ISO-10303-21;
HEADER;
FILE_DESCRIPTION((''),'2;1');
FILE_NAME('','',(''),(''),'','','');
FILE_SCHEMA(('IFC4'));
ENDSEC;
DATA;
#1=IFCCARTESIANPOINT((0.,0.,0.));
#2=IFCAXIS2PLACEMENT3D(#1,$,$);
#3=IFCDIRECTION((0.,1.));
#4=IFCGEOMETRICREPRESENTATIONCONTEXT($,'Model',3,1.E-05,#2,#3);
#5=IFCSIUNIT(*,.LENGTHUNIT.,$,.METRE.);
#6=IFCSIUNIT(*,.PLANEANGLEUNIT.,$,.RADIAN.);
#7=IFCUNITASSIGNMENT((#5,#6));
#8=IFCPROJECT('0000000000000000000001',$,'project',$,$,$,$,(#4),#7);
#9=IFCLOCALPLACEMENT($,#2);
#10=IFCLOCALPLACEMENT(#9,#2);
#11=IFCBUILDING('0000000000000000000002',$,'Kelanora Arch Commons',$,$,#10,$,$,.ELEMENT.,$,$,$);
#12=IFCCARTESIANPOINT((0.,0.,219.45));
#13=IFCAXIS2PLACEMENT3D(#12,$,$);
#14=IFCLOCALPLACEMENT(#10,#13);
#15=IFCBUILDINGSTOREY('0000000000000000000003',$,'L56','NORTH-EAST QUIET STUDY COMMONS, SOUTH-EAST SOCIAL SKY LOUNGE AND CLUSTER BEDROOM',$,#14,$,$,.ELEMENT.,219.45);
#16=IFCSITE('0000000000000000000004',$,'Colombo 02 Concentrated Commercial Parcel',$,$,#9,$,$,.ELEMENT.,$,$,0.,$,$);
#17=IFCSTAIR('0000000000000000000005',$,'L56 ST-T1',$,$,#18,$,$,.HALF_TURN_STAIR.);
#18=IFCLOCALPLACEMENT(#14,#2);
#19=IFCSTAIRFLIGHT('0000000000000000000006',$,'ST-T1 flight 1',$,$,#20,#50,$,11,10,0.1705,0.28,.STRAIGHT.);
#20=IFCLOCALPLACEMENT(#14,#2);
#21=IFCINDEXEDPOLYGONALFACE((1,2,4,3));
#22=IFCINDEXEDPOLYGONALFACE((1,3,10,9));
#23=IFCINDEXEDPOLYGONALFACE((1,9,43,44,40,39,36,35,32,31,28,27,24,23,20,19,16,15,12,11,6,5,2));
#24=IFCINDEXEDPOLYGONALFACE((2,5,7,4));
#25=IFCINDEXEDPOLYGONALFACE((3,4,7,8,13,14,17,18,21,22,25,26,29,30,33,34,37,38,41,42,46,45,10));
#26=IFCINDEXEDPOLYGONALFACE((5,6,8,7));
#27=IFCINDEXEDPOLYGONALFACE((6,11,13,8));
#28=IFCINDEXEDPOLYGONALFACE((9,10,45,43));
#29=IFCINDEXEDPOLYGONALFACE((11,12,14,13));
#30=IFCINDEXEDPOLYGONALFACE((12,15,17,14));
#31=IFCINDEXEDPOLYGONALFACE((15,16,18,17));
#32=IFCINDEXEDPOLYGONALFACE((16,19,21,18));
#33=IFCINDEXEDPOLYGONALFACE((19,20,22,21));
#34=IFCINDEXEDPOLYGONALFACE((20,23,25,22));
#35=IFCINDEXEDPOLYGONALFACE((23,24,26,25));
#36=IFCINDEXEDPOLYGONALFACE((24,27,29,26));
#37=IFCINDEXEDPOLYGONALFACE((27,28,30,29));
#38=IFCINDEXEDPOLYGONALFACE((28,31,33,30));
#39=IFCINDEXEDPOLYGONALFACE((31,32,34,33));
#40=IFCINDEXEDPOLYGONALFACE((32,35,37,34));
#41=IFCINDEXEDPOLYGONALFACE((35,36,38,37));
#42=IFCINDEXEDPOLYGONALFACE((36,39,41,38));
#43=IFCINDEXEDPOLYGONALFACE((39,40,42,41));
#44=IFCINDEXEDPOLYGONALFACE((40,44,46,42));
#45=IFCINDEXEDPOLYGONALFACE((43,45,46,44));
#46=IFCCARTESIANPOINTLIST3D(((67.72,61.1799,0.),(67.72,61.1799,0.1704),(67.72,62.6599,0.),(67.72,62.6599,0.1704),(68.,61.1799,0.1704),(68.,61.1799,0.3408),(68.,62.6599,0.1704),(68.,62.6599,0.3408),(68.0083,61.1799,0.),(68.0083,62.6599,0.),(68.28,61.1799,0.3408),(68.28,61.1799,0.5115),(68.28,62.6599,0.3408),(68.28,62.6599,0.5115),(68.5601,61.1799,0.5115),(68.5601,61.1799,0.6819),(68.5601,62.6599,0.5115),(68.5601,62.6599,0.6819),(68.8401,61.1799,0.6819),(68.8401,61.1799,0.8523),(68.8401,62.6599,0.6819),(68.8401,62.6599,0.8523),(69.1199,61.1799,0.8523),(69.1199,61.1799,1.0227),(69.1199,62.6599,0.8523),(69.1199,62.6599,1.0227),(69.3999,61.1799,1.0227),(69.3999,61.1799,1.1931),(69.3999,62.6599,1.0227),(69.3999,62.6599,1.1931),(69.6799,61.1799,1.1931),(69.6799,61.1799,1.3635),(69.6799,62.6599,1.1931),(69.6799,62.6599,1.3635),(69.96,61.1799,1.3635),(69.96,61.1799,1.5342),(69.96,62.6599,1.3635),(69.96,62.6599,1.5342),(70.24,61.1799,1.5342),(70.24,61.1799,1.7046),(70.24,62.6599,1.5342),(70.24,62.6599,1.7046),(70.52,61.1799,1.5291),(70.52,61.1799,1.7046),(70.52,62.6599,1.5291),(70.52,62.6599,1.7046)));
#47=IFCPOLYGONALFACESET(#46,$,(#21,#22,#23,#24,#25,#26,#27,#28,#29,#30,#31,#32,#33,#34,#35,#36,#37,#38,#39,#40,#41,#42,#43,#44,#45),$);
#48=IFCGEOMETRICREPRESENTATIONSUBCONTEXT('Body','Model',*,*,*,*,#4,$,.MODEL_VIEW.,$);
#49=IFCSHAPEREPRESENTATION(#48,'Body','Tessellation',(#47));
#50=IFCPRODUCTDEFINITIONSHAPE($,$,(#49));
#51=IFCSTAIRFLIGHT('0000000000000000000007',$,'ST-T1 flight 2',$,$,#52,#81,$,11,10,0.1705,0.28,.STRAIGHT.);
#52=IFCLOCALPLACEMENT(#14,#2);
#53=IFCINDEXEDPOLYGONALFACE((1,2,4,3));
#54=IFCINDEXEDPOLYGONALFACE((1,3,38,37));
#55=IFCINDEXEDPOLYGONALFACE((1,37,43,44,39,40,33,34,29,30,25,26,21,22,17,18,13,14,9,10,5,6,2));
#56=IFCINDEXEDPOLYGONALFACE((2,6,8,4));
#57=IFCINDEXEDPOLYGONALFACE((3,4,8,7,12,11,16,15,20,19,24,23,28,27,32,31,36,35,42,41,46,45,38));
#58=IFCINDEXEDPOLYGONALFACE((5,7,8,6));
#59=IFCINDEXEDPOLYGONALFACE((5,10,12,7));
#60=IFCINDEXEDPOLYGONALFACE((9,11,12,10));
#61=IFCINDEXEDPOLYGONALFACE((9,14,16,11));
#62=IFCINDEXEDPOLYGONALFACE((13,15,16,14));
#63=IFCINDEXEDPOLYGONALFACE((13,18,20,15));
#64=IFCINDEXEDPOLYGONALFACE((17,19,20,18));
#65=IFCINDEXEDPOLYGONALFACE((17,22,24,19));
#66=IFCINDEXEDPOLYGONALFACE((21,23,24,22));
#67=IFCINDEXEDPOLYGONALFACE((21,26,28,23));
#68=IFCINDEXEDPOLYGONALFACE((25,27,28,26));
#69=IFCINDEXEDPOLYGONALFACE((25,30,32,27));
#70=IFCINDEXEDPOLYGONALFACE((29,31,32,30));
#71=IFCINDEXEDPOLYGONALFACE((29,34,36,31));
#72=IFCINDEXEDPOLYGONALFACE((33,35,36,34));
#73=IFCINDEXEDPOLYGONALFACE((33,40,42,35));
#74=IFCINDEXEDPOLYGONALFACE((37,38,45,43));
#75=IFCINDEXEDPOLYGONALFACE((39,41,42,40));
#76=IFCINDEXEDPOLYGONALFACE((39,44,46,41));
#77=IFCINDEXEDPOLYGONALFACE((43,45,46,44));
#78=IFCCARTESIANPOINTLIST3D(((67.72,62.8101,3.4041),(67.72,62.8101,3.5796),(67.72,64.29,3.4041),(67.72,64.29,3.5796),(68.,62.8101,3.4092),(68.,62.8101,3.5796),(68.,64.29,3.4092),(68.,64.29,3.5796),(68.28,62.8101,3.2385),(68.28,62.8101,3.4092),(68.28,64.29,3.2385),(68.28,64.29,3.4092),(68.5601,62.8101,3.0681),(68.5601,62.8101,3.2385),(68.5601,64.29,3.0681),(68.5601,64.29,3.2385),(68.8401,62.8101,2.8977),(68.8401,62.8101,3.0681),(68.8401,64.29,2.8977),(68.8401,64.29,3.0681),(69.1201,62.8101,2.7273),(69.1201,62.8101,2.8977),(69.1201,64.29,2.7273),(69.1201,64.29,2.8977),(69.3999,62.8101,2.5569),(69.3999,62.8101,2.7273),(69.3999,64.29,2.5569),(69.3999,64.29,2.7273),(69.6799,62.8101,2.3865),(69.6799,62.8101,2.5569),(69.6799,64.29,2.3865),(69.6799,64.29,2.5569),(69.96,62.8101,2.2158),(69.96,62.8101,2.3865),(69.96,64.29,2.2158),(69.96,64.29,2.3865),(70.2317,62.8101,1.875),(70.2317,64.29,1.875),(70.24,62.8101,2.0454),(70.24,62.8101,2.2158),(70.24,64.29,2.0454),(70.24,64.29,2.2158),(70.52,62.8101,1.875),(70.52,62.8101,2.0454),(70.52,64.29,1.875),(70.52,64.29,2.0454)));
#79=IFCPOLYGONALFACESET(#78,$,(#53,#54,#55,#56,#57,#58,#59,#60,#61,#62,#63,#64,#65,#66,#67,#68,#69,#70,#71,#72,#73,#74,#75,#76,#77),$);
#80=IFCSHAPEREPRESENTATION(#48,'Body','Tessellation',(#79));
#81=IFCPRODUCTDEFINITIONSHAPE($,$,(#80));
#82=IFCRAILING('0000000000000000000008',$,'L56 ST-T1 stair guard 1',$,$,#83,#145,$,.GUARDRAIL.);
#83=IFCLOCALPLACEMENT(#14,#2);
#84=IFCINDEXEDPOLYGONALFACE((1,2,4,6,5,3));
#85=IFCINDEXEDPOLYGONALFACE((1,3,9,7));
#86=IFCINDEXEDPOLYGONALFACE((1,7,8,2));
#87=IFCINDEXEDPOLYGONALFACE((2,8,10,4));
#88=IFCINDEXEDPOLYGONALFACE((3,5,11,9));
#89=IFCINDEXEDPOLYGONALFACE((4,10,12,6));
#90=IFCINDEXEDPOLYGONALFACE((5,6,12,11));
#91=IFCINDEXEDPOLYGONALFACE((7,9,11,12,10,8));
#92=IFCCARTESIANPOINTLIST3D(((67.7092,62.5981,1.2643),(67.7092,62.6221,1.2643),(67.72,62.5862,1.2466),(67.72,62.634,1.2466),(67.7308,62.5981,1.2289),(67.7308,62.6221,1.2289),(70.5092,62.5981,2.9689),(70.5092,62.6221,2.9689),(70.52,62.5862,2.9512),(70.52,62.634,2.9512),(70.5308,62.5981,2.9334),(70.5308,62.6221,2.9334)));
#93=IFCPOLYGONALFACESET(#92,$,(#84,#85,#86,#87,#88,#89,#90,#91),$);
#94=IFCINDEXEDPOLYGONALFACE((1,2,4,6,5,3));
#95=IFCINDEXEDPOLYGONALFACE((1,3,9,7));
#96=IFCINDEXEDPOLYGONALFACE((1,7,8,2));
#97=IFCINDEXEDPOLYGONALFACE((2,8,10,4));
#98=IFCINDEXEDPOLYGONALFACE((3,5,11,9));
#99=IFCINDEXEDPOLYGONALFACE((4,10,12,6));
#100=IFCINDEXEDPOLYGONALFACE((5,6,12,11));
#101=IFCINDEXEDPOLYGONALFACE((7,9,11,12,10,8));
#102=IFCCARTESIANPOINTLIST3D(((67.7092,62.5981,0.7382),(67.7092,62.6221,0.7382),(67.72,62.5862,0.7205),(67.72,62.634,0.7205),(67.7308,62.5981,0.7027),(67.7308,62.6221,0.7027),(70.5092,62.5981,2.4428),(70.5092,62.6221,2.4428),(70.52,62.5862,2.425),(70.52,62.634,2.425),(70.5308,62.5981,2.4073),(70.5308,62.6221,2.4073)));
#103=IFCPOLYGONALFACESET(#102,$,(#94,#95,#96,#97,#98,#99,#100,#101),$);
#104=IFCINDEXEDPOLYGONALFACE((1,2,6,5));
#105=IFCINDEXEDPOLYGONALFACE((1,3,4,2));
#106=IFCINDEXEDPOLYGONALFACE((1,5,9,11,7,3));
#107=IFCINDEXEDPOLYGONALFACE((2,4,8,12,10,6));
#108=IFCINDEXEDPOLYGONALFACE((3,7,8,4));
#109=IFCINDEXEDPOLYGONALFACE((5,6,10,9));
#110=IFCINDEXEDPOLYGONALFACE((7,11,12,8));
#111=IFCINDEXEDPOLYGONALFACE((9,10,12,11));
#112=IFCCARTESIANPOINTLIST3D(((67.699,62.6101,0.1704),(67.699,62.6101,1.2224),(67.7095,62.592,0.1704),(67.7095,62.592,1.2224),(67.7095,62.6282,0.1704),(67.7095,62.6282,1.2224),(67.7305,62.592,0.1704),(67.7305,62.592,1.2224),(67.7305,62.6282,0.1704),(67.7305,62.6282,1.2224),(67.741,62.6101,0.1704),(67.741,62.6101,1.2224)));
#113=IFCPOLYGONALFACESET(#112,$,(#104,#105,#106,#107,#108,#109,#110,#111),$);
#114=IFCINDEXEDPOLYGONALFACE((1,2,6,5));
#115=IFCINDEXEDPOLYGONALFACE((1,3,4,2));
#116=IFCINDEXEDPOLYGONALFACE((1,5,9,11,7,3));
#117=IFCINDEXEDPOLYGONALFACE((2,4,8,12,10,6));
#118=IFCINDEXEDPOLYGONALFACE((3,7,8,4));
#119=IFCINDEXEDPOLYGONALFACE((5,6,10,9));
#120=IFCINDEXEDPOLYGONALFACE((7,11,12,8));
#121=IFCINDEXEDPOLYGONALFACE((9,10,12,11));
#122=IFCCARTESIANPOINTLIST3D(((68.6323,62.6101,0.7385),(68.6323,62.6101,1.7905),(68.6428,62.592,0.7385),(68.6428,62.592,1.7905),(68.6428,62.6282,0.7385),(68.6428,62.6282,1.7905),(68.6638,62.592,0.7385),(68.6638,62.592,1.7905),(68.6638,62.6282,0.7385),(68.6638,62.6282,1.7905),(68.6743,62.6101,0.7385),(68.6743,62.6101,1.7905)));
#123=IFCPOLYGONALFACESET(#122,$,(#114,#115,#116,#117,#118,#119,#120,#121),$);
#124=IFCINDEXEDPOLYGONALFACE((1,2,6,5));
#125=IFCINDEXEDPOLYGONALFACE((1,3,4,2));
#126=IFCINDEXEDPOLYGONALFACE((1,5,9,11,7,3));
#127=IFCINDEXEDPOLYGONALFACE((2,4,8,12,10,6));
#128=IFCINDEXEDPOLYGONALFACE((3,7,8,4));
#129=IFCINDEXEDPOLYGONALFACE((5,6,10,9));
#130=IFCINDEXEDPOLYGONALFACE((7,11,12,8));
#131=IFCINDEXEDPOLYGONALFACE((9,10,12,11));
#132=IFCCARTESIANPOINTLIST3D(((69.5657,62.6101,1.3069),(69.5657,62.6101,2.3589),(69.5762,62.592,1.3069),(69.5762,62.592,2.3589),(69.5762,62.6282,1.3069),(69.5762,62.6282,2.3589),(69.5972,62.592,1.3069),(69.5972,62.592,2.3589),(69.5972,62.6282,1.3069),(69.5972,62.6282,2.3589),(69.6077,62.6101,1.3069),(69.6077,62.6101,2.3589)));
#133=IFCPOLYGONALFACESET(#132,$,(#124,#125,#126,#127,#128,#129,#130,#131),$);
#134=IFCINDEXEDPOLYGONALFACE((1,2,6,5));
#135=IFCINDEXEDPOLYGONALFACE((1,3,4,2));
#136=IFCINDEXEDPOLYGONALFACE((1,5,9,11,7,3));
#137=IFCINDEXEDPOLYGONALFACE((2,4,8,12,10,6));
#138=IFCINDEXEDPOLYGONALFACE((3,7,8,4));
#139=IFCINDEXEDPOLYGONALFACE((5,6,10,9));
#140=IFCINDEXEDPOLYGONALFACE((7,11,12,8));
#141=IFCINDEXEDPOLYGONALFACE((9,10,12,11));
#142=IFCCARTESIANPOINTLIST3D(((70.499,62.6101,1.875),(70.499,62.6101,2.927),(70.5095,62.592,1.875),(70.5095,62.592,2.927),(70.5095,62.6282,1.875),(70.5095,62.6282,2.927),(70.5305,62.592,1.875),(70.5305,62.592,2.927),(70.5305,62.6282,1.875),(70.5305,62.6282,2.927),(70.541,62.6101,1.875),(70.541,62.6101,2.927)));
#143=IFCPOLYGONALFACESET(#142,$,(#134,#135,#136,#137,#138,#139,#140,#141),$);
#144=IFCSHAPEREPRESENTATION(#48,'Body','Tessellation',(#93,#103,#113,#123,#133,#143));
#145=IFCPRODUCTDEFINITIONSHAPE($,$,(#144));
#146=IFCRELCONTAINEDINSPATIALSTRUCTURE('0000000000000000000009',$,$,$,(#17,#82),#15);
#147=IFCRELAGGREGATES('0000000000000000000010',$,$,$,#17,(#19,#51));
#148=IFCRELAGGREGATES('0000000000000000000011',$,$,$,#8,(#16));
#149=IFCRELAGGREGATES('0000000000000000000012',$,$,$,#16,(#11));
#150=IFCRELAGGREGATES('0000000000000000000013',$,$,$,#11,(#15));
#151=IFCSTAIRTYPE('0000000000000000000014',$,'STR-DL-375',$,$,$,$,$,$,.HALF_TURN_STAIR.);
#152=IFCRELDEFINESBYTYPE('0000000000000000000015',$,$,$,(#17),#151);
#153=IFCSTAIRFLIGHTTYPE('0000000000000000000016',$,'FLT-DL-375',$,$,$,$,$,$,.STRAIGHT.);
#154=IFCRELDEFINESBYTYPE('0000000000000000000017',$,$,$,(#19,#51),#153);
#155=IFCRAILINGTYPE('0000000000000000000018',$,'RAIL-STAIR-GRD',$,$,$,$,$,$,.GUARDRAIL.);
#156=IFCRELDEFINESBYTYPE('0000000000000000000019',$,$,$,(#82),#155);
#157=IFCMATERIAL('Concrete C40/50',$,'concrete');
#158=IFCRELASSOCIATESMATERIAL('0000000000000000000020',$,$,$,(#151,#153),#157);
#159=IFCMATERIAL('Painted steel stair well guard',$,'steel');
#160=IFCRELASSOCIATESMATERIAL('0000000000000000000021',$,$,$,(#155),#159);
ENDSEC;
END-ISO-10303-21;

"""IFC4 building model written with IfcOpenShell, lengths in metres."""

from ifc_helpers import new_model, si_unit, direction, frame, origin, place, context, subcontext, project, spatial, polyline, outline, extrude, material, type_object, element, aggregate, save


model = new_model("IFC4")

# Units and contexts
model_context = context("Model", 3, precision=1e-05, world=origin(), true_north=direction((0.0, 1.0)))
body_context = subcontext(model_context, "Body", "Model", "MODEL_VIEW")
ifc_project = project(units=[si_unit("LENGTHUNIT", "METRE"), si_unit("PLANEANGLEUNIT", "RADIAN")], contexts=[model_context])

# Site, building, storey
site_placement = place(None, origin())
site = spatial("IfcSite", under=ifc_project, at=site_placement, Name="Colombo 02 Concentrated Commercial Parcel", CompositionType="ELEMENT", RefElevation=0.0)
building_placement = place(site_placement, origin())
building = spatial("IfcBuilding", under=site, at=building_placement, Name="Kelanora Arch Commons", CompositionType="ELEMENT")
storey_placement = place(building_placement, frame((0.0, 0.0, 219.45)))
storey = spatial("IfcBuildingStorey", under=building, at=storey_placement, Name="L56", Description="NORTH-EAST QUIET STUDY COMMONS, SOUTH-EAST SOCIAL SKY LOUNGE AND CLUSTER BEDROOM", CompositionType="ELEMENT", Elevation=219.45)

# Shared definitions
ifc_material_1 = material(Name="Concrete C40/50", Category="concrete")

# Stair, stair flights
stair_type = type_object("IfcStairType", Name="STR-DL-375", PredefinedType="HALF_TURN_STAIR", material=ifc_material_1)
stair_placement = place(storey_placement, origin())
stair = element("IfcStair", 1, at=stair_placement, inside=storey, type_object=stair_type, Name="L56 ST-T1", PredefinedType="HALF_TURN_STAIR")
stair_flight_type = type_object("IfcStairFlightType", Name="FLT-DL-375", PredefinedType="STRAIGHT", material=ifc_material_1)
stair_flight_1_placement = place(storey_placement, frame((67.72, 61.9199, 0.0), z_axis=(0.0, 0.0, 1.0), x_axis=(1.0, 0.0, 0.0)))
stair_flight_1 = element("IfcStairFlight", 2, at=stair_flight_1_placement, type_object=stair_flight_type, Name="ST-T1 flight 1", NumberOfRisers=11, NumberOfTreads=10, PredefinedType="STRAIGHT", RiserHeight=0.1705, TreadLength=0.28, context=body_context, shape_type="SweptSolid", body=[
    extrude(outline(polyline([(0.0, 0.0), (0.0, 0.1704), (0.28, 0.1704), (0.28, 0.3408), (0.5601, 0.3408), (0.5601, 0.5115), (0.8401, 0.5115), (0.8401, 0.6819), (1.1201, 0.6819), (1.1201, 0.8523), (1.3999, 0.8523), (1.3999, 1.0227), (1.6799, 1.0227), (1.6799, 1.1931), (1.96, 1.1931), (1.96, 1.3635), (2.24, 1.3635), (2.24, 1.5342), (2.52, 1.5342), (2.52, 1.7046), (2.8, 1.7046), (2.8, 1.875), (2.8, 1.5291), (0.2883, 0.0), (0.0, 0.0)])), frame((0.0, 0.74, 0.0), z_axis=(0.0, -1.0, 0.0), x_axis=(1.0, 0.0, 0.0)), (0.0, 0.0, 1.0), 1.48),
])
stair_flight_2_placement = place(storey_placement, frame((70.52, 63.55, 1.875), z_axis=(0.0, 0.0, 1.0), x_axis=(-1.0, 0.0, 0.0)))
stair_flight_2 = element("IfcStairFlight", 3, at=stair_flight_2_placement, type_object=stair_flight_type, Name="ST-T1 flight 2", NumberOfRisers=11, NumberOfTreads=10, PredefinedType="STRAIGHT", RiserHeight=0.1705, TreadLength=0.28, context=body_context, shape_type="SweptSolid", body=[
    extrude(outline(polyline([(0.0, 0.0), (0.0, 0.1704), (0.28, 0.1704), (0.28, 0.3408), (0.5601, 0.3408), (0.5601, 0.5115), (0.8401, 0.5115), (0.8401, 0.6819), (1.1201, 0.6819), (1.1201, 0.8523), (1.3999, 0.8523), (1.3999, 1.0227), (1.6799, 1.0227), (1.6799, 1.1931), (1.96, 1.1931), (1.96, 1.3635), (2.24, 1.3635), (2.24, 1.5342), (2.52, 1.5342), (2.52, 1.7046), (2.8, 1.7046), (2.8, 1.875), (2.8, 1.5291), (0.2883, 0.0), (0.0, 0.0)])), frame((0.0, 0.74, 0.0), z_axis=(0.0, -1.0, 0.0), x_axis=(1.0, 0.0, 0.0)), (0.0, 0.0, 1.0), 1.48),
])
aggregate(stair, [stair_flight_1, stair_flight_2])

# Railing
ifc_material_2 = material(Name="Painted steel stair well guard", Category="steel")
railing_type_1 = type_object("IfcRailingType", Name="RAIL-STAIR-GRD", PredefinedType="GUARDRAIL", material=ifc_material_2)
railing_1_placement = place(storey_placement, frame((67.72, 62.6101, 0.1704)))
element("IfcRailing", 4, at=railing_1_placement, inside=storey, type_object=railing_type_1, Name="L56 ST-T1 stair guard 1", PredefinedType="GUARDRAIL", context=body_context, shape_type="SweptSolid", body=[
    extrude(outline(polyline([(0.0239, 0.0), (0.012, 0.0208), (-0.012, 0.0208), (-0.0239, 0.0), (-0.012, -0.0208), (0.012, -0.0208), (0.0239, 0.0)])), frame((0.0, 0.0, 1.0762), z_axis=(0.85417, 0.0, 0.519994), x_axis=(0.0, 1.0, 0.0)), (0.0, 0.0, 1.0), 3.2781),
    extrude(outline(polyline([(0.0239, 0.0), (0.012, 0.0208), (-0.012, 0.0208), (-0.0239, 0.0), (-0.012, -0.0208), (0.012, -0.0208), (0.0239, 0.0)])), frame((0.0, 0.0, 0.55), z_axis=(0.85417, 0.0, 0.519994), x_axis=(0.0, 1.0, 0.0)), (0.0, 0.0, 1.0), 3.2781),
    extrude(outline(polyline([(0.021, 0.0), (0.0105, 0.0181), (-0.0105, 0.0181), (-0.021, 0.0), (-0.0105, -0.0181), (0.0105, -0.0181), (0.021, 0.0)])), origin(), (0.0, 0.0, 1.0), 1.052),
    extrude(outline(polyline([(0.021, 0.0), (0.0105, 0.0181), (-0.0105, 0.0181), (-0.021, 0.0), (-0.0105, -0.0181), (0.0105, -0.0181), (0.021, 0.0)])), frame((0.9333, 0.0, 0.5681)), (0.0, 0.0, 1.0), 1.052),
    extrude(outline(polyline([(0.021, 0.0), (0.0105, 0.0181), (-0.0105, 0.0181), (-0.021, 0.0), (-0.0105, -0.0181), (0.0105, -0.0181), (0.021, 0.0)])), frame((1.8667, 0.0, 1.1365)), (0.0, 0.0, 1.0), 1.052),
    extrude(outline(polyline([(0.021, 0.0), (0.0105, 0.0181), (-0.0105, 0.0181), (-0.021, 0.0), (-0.0105, -0.0181), (0.0105, -0.0181), (0.021, 0.0)])), frame((2.8, 0.0, 1.7046)), (0.0, 0.0, 1.0), 1.052),
])

save(model, "model.ifc")
